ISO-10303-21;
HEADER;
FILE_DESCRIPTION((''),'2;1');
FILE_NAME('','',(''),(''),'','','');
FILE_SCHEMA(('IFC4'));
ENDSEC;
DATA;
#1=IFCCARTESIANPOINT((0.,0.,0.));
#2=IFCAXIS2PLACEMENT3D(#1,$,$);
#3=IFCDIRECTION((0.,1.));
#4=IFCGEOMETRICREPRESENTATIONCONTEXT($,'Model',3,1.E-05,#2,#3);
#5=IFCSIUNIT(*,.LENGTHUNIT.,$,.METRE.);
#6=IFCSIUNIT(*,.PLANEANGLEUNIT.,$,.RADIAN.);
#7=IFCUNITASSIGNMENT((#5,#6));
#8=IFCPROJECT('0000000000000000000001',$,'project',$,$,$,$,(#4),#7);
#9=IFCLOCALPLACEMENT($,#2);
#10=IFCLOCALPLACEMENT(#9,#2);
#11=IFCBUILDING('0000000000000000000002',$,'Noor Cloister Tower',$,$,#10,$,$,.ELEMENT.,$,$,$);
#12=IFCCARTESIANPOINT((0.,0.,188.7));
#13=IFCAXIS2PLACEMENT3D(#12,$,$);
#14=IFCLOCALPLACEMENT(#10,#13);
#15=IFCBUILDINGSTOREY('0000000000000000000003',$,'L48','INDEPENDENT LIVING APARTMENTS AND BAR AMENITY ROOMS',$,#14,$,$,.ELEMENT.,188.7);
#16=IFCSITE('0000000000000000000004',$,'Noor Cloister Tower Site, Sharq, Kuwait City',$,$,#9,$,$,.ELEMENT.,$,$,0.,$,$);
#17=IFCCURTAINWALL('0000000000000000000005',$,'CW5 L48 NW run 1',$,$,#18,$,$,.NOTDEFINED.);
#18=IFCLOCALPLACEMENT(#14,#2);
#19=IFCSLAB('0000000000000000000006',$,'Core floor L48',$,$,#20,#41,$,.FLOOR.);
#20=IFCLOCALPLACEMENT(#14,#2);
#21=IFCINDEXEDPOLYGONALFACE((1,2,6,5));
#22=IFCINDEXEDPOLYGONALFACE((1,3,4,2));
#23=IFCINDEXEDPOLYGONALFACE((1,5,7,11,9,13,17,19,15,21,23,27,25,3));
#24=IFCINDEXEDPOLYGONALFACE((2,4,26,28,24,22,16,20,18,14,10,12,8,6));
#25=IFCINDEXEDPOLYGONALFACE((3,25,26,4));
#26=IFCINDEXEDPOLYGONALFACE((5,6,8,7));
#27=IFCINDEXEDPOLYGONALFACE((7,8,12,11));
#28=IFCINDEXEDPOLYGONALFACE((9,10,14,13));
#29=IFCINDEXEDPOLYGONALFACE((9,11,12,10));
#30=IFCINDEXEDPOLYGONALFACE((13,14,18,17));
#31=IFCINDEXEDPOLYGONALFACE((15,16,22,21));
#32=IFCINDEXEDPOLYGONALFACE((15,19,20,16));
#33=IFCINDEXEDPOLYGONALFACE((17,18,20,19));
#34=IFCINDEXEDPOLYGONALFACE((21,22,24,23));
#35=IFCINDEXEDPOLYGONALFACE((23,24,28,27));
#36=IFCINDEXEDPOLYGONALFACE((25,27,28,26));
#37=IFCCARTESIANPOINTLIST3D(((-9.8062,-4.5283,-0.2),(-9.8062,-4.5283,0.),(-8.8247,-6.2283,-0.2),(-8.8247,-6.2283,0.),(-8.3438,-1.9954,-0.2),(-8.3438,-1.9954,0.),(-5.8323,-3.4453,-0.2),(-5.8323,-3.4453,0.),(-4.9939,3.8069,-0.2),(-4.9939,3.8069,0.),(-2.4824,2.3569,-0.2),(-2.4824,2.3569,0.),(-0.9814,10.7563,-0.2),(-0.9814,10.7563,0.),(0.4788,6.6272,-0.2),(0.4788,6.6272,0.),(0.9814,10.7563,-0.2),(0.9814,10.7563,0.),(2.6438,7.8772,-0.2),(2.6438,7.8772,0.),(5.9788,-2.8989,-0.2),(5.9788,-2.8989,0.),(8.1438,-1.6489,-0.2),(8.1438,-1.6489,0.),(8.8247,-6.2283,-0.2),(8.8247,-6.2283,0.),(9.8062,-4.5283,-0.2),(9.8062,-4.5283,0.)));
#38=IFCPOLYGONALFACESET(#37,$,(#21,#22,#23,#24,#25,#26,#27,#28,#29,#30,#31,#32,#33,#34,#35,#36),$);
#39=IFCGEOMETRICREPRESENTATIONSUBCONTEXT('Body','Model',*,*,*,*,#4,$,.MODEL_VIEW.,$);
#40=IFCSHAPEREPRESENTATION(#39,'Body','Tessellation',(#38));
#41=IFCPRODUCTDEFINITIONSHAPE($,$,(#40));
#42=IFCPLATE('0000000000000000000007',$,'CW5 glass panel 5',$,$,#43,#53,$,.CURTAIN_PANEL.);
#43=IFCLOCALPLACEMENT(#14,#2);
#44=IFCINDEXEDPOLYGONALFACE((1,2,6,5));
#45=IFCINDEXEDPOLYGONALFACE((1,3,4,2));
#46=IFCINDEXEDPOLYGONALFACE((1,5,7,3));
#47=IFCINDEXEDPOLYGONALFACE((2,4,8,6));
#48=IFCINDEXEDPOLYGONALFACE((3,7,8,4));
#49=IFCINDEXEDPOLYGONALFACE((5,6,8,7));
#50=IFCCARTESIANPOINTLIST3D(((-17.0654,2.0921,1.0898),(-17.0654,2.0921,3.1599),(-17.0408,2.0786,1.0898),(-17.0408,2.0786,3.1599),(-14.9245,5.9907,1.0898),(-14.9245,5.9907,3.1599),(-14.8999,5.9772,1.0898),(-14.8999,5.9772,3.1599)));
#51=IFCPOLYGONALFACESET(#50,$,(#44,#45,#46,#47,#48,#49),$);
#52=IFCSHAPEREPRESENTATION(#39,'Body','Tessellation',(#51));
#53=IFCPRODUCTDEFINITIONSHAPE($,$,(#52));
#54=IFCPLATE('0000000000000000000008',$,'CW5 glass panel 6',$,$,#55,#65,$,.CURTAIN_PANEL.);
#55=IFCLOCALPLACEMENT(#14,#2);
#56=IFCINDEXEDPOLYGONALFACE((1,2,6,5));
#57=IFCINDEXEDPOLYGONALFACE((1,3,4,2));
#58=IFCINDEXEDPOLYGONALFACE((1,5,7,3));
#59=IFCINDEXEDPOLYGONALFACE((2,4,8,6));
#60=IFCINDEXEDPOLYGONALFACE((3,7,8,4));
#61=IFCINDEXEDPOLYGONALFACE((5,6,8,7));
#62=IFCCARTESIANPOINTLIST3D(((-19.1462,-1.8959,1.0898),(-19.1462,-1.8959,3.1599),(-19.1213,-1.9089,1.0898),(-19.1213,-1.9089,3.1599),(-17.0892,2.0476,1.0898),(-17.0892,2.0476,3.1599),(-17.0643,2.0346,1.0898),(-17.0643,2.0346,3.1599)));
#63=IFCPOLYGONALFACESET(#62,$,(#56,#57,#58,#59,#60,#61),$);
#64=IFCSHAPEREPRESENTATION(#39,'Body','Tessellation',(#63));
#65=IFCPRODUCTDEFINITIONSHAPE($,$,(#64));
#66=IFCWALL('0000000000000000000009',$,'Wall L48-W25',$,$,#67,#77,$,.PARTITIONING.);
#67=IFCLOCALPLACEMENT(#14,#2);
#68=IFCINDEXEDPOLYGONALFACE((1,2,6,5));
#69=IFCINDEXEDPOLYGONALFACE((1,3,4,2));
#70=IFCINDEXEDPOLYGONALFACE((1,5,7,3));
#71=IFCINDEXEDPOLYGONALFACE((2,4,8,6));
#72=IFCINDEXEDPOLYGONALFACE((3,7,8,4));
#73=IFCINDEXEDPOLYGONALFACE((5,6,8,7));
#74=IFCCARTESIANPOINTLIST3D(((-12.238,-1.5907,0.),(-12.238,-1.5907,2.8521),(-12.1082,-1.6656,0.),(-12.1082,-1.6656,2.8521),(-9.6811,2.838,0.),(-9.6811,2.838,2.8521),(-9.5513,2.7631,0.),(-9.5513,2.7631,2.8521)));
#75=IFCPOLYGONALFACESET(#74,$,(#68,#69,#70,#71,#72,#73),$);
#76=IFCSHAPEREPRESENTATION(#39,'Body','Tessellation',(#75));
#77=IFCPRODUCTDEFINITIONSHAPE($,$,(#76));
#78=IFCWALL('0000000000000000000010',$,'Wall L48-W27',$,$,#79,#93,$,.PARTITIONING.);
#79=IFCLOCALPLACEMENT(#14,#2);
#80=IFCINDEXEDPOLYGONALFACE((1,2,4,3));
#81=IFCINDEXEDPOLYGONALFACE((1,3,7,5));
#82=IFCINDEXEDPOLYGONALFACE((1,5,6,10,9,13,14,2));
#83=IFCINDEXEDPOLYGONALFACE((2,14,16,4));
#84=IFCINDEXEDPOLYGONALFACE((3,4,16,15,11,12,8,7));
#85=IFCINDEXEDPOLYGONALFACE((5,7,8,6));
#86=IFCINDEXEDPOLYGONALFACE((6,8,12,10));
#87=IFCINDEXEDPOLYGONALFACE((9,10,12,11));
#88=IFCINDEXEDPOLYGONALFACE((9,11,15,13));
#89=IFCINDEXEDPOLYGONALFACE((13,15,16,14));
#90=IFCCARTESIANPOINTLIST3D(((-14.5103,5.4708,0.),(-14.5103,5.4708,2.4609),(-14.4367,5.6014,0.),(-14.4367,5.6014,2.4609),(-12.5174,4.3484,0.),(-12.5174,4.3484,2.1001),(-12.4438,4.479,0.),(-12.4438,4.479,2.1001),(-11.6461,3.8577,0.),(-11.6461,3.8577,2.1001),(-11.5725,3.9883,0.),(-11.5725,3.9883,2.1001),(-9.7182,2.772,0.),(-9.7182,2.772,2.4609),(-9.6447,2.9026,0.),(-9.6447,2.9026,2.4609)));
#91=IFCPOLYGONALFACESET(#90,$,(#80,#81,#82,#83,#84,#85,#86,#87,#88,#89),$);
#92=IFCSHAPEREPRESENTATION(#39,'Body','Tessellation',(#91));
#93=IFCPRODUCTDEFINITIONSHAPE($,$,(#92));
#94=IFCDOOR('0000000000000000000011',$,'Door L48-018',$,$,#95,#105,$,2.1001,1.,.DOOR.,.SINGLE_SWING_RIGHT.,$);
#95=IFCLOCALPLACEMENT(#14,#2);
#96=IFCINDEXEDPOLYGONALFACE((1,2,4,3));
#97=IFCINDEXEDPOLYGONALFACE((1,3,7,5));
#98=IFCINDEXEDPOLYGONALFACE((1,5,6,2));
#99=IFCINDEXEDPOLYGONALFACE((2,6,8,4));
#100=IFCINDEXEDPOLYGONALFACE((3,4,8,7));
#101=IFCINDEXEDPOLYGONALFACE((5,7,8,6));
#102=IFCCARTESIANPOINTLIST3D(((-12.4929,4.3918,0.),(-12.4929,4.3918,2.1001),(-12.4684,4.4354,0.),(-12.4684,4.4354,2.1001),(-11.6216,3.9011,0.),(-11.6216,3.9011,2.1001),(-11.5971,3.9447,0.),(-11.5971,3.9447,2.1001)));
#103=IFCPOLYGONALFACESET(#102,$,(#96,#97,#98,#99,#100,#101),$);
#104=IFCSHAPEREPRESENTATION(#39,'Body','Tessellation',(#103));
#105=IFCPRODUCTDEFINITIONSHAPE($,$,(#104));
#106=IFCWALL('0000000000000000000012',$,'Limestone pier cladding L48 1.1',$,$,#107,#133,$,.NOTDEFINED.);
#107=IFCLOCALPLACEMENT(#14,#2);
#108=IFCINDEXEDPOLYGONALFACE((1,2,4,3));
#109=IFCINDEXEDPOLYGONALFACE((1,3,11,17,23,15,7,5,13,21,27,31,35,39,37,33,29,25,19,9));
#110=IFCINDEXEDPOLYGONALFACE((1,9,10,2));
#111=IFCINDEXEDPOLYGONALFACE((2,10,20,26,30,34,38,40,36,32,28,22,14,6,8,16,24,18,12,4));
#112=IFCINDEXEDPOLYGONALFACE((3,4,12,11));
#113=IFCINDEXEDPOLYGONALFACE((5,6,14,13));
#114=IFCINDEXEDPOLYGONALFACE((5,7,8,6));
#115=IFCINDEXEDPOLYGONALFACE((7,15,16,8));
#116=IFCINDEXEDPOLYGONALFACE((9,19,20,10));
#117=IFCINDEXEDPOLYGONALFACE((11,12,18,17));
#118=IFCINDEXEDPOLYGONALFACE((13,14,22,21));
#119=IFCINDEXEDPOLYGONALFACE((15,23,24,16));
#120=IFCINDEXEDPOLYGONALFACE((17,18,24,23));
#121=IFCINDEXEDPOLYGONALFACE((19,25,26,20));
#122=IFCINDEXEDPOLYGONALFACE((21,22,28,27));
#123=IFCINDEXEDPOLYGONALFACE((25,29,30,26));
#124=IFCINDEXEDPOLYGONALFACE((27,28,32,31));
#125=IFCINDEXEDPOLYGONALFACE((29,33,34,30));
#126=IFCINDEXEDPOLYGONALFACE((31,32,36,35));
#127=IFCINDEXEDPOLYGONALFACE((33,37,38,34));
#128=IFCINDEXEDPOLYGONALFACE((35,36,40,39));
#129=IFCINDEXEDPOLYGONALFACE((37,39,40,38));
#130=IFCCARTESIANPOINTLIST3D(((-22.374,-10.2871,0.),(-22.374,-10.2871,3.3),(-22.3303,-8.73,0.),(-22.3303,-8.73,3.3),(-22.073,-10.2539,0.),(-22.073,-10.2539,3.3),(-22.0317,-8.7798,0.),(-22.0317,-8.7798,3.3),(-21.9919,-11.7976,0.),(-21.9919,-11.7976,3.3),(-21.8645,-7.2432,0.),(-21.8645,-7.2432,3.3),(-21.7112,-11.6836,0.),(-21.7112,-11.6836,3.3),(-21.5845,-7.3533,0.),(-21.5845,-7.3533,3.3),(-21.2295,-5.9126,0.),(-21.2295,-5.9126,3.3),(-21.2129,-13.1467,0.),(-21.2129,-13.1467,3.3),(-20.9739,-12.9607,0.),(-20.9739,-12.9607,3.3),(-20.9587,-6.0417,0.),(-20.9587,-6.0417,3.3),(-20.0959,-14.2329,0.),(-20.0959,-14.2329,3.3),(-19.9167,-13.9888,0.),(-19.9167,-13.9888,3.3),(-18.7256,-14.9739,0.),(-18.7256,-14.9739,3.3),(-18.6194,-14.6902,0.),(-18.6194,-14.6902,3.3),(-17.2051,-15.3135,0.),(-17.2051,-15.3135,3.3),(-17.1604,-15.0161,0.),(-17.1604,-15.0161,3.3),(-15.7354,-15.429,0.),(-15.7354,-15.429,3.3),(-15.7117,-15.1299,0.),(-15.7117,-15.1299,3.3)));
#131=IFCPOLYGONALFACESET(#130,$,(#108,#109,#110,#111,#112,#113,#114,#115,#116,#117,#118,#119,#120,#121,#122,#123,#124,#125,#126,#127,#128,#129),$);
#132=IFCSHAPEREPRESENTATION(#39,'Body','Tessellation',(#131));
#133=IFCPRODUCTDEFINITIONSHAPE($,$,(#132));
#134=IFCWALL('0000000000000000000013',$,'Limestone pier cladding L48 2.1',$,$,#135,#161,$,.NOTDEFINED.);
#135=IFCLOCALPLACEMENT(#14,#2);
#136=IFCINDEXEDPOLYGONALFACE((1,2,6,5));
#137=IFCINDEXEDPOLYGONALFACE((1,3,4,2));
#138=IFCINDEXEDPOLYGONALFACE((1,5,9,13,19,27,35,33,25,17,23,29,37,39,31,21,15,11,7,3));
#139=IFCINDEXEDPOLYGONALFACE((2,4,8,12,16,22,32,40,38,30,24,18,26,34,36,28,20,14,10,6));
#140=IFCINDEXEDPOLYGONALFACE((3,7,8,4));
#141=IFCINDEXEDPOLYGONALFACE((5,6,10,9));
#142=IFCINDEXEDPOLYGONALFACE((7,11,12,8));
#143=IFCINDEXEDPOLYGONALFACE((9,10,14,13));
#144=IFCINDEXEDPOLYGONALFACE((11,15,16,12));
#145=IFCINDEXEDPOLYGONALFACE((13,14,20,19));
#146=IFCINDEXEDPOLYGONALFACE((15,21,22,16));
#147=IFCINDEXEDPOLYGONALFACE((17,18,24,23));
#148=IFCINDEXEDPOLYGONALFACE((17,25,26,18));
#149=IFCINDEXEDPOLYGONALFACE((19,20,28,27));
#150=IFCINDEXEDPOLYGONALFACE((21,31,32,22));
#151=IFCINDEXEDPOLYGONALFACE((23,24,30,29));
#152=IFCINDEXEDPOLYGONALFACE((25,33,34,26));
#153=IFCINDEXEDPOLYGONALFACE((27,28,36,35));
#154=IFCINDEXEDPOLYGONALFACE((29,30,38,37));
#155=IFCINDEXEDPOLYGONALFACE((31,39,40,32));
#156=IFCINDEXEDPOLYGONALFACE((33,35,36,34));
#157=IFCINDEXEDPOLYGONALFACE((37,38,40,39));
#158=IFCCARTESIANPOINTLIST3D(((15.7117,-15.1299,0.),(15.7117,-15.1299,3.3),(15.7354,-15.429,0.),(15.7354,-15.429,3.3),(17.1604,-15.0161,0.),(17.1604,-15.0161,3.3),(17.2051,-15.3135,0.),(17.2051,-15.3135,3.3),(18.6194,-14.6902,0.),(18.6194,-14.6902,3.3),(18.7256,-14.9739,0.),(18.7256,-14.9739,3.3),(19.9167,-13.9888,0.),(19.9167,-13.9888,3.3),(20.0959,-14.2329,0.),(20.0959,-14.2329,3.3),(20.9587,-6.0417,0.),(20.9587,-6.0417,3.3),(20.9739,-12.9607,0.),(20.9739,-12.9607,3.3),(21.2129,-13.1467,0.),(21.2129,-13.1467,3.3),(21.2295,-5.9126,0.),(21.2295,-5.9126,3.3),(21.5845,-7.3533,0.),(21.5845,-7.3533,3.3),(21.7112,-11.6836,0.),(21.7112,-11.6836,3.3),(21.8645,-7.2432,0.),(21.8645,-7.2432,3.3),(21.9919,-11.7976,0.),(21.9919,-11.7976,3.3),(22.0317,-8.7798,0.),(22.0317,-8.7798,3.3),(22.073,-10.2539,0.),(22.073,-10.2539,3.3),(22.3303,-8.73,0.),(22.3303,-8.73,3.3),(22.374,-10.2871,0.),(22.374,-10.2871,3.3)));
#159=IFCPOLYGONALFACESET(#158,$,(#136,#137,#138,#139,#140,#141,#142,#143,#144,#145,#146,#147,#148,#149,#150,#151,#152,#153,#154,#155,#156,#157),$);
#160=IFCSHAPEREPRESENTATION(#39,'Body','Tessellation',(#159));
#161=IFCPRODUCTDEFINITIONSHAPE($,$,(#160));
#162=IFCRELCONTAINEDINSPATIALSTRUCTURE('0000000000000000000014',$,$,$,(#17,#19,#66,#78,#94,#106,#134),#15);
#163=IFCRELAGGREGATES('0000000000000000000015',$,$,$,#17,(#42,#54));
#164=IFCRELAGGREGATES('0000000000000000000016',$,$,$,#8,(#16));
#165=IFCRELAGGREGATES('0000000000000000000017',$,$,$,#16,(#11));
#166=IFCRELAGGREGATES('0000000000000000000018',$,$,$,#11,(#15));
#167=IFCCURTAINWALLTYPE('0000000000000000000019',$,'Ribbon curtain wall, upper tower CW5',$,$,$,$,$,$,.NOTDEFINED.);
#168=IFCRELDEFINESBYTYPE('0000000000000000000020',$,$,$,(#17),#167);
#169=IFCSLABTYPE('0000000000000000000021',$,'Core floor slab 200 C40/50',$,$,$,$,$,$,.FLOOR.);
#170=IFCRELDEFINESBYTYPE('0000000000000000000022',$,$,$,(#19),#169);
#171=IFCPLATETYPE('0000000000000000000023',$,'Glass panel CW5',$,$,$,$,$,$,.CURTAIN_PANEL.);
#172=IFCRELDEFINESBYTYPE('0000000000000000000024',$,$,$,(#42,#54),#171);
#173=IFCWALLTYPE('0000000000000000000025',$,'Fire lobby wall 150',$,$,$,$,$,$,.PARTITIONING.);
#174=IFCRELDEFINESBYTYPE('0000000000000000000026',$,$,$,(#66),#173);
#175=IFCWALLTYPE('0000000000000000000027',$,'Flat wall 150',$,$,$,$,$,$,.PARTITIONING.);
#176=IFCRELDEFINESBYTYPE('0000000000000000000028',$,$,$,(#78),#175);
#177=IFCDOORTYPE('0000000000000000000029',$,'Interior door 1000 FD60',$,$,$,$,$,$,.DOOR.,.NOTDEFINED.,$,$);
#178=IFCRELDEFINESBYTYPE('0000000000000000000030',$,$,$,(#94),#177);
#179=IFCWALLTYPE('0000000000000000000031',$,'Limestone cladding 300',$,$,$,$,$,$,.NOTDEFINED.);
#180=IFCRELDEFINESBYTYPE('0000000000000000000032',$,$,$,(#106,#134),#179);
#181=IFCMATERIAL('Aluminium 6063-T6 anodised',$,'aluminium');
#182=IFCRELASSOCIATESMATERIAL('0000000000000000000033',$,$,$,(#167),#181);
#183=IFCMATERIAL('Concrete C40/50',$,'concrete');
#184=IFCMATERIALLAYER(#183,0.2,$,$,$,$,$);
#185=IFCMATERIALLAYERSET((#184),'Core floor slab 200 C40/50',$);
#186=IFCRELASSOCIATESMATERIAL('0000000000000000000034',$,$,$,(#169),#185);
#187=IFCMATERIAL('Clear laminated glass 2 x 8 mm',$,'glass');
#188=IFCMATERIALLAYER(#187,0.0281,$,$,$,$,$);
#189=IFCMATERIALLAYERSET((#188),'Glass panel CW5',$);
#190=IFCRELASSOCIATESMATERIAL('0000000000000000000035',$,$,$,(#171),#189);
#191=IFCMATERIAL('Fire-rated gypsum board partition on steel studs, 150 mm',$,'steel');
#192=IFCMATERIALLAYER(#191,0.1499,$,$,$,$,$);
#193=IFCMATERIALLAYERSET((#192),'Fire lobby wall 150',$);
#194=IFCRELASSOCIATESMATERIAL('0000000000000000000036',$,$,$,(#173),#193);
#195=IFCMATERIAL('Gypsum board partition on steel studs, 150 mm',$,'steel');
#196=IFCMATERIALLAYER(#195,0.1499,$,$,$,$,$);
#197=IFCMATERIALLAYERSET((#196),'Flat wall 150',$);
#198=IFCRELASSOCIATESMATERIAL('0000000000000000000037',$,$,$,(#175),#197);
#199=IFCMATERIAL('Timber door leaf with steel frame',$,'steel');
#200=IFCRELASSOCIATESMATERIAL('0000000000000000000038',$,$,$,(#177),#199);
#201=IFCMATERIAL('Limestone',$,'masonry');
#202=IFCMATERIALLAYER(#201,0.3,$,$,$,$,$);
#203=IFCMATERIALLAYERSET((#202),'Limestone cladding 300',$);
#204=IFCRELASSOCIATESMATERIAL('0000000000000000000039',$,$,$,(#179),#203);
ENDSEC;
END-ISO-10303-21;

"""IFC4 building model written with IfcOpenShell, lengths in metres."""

from ifc_helpers import new_model, si_unit, direction, frame, frame_2d, origin, origin_2d, place, context, subcontext, project, spatial, polyline, rectangle, outline, extrude, material, layer, layer_set, type_object, element, fill, aggregate, save


model = new_model("IFC4")

# Units and contexts
model_context = context("Model", 3, precision=1e-05, world=origin(), true_north=direction((0.0, 1.0)))
body_context = subcontext(model_context, "Body", "Model", "MODEL_VIEW")
ifc_project = project(units=[si_unit("LENGTHUNIT", "METRE"), si_unit("PLANEANGLEUNIT", "RADIAN")], contexts=[model_context])

# Site, building, storey
site_placement = place(None, origin())
site = spatial("IfcSite", under=ifc_project, at=site_placement, Name="Noor Cloister Tower Site, Sharq, Kuwait City", CompositionType="ELEMENT", RefElevation=0.0)
building_placement = place(site_placement, origin())
building = spatial("IfcBuilding", under=site, at=building_placement, Name="Noor Cloister Tower", CompositionType="ELEMENT")
storey_placement = place(building_placement, frame((0.0, 0.0, 188.7)))
storey = spatial("IfcBuildingStorey", under=building, at=storey_placement, Name="L48", Description="INDEPENDENT LIVING APARTMENTS AND BAR AMENITY ROOMS", CompositionType="ELEMENT", Elevation=188.7)

# Shared definitions
ifc_material_1 = material(Name="Aluminium 6063-T6 anodised", Category="aluminium")
curtain_wall_type = type_object("IfcCurtainWallType", Name="Ribbon curtain wall, upper tower CW5", PredefinedType="NOTDEFINED", material=ifc_material_1)

# Curtain wall
curtain_wall_1_placement = place(storey_placement, origin())
curtain_wall_1 = element("IfcCurtainWall", 1, at=curtain_wall_1_placement, inside=storey, type_object=curtain_wall_type, Name="CW5 L48 NW run 1", PredefinedType="NOTDEFINED")

# Slab
ifc_material_2 = material(Name="Concrete C40/50", Category="concrete")
ifc_layer_1 = layer(ifc_material_2, 0.2)
ifc_layer_set_1 = layer_set([ifc_layer_1], Name="Core floor slab 200 C40/50")
slab_type = type_object("IfcSlabType", Name="Core floor slab 200 C40/50", PredefinedType="FLOOR", material=ifc_layer_set_1)
slab_placement = place(storey_placement, frame((0.0, 0.0, -0.2)))
element("IfcSlab", 2, at=slab_placement, inside=storey, type_object=slab_type, Name="Core floor L48", PredefinedType="FLOOR", context=body_context, shape_type="SweptSolid", body=[
    extrude(outline(polyline([(2.6438, 7.8772), (0.9814, 10.7563), (-0.9814, 10.7563), (-4.9939, 3.8069), (-2.4824, 2.3569), (-5.8323, -3.4453), (-8.3438, -1.9954), (-9.8062, -4.5283), (-8.8247, -6.2283), (8.8247, -6.2283), (9.8062, -4.5283), (8.1438, -1.6489), (5.9788, -2.8989), (0.4788, 6.6272), (2.6438, 7.8772)])), origin(), (0.0, 0.0, 1.0), 0.2),
])

# Plates
ifc_material_3 = material(Name="Clear laminated glass 2 x 8 mm", Category="glass")
ifc_layer_2 = layer(ifc_material_3, 0.0281)
ifc_layer_set_2 = layer_set([ifc_layer_2], Name="Glass panel CW5")
plate_type = type_object("IfcPlateType", Name="Glass panel CW5", PredefinedType="CURTAIN_PANEL", material=ifc_layer_set_2)
plate_1_placement = place(storey_placement, frame((-15.9827, 4.0347, 1.0898), z_axis=(0.0, 0.0, 1.0), x_axis=(-0.481347, -0.87653, 0.0)))
plate_1 = element("IfcPlate", 3, at=plate_1_placement, type_object=plate_type, Name="CW5 glass panel 5", PredefinedType="CURTAIN_PANEL", context=body_context, shape_type="SweptSolid", body=[
    extrude(rectangle(XDim=4.4478, YDim=0.0281, at=origin_2d()), origin(), (0.0, 0.0, 1.0), 2.0701),
])
plate_2_placement = place(storey_placement, frame((-18.1052, 0.0693, 1.0898), z_axis=(0.0, 0.0, 1.0), x_axis=(-0.462473, -0.886633, 0.0)))
plate_2 = element("IfcPlate", 4, at=plate_2_placement, type_object=plate_type, Name="CW5 glass panel 6", PredefinedType="CURTAIN_PANEL", context=body_context, shape_type="SweptSolid", body=[
    extrude(rectangle(XDim=4.4478, YDim=0.0281, at=origin_2d()), origin(), (0.0, 0.0, 1.0), 2.0701),
])
aggregate(curtain_wall_1, [plate_1, plate_2])

# Wall
ifc_material_4 = material(Name="Fire-rated gypsum board partition on steel studs, 150 mm", Category="steel")
ifc_layer_3 = layer(ifc_material_4, 0.1499)
ifc_layer_set_3 = layer_set([ifc_layer_3], Name="Fire lobby wall 150")
wall_type_1 = type_object("IfcWallType", Name="Fire lobby wall 150", PredefinedType="PARTITIONING", material=ifc_layer_set_3)
wall_1_placement = place(storey_placement, frame((-9.6162, 2.8005, 0.0), z_axis=(0.0, 0.0, 1.0), x_axis=(-0.499995, -0.866028, 0.0)))
element("IfcWall", 5, at=wall_1_placement, inside=storey, type_object=wall_type_1, Name="Wall L48-W25", PredefinedType="PARTITIONING", context=body_context, shape_type="SweptSolid", body=[
    extrude(rectangle(XDim=5.1138, YDim=0.1499, at=frame_2d((2.5569, 0.0))), origin(), (0.0, 0.0, 1.0), 2.8521),
])

# Wall, opening, door
ifc_material_5 = material(Name="Gypsum board partition on steel studs, 150 mm", Category="steel")
ifc_layer_4 = layer(ifc_material_5, 0.1499)
ifc_layer_set_4 = layer_set([ifc_layer_4], Name="Flat wall 150")
wall_type_2 = type_object("IfcWallType", Name="Flat wall 150", PredefinedType="PARTITIONING", material=ifc_layer_set_4)
wall_2_placement = place(storey_placement, frame((-14.4736, 5.5361, 0.0), z_axis=(0.0, 0.0, 1.0), x_axis=(0.871324, -0.490708, 0.0)))
wall_2 = element("IfcWall", 6, at=wall_2_placement, inside=storey, type_object=wall_type_2, Name="Wall L48-W27", PredefinedType="PARTITIONING", context=body_context, shape_type="SweptSolid", body=[
    extrude(rectangle(XDim=5.4998, YDim=0.1499, at=frame_2d((2.75, 0.0))), origin(), (0.0, 0.0, 1.0), 2.4609),
])
opening_placement = place(wall_2_placement, frame((2.2874, 0.0, 0.0)))
opening = element("IfcOpeningElement", 7, at=opening_placement, cuts=wall_2, PredefinedType="OPENING", context=body_context, shape_type="SweptSolid", body=[
    extrude(rectangle(XDim=1.0, YDim=2.1001, at=frame_2d((0.5, 1.05))), frame((0.0, 0.085, 0.0), z_axis=(0.0, -1.0, 0.0), x_axis=(1.0, 0.0, 0.0)), (0.0, 0.0, 1.0), 0.1699),
])
ifc_material_6 = material(Name="Timber door leaf with steel frame", Category="steel")
door_type = type_object("IfcDoorType", Name="Interior door 1000 FD60", OperationType="NOTDEFINED", PredefinedType="DOOR", material=ifc_material_6)
door_placement = place(opening_placement, origin())
door = element("IfcDoor", 8, at=door_placement, inside=storey, type_object=door_type, Name="Door L48-018", OperationType="SINGLE_SWING_RIGHT", OverallHeight=2.1001, OverallWidth=1.0, PredefinedType="DOOR", context=body_context, shape_type="SweptSolid", body=[
    extrude(rectangle(XDim=1.0, YDim=2.1001, at=frame_2d((0.5, 1.05))), frame((0.0, 0.0249, 0.0), z_axis=(0.0, -1.0, 0.0), x_axis=(1.0, 0.0, 0.0)), (0.0, 0.0, 1.0), 0.05),
])
fill(opening, door)

# Walls
ifc_material_7 = material(Name="Limestone", Category="masonry")
ifc_layer_5 = layer(ifc_material_7, 0.3)
ifc_layer_set_5 = layer_set([ifc_layer_5], Name="Limestone cladding 300")
wall_type_3 = type_object("IfcWallType", Name="Limestone cladding 300", PredefinedType="NOTDEFINED", material=ifc_layer_set_5)
wall_3_placement = place(storey_placement, origin())
element("IfcWall", 9, at=wall_3_placement, inside=storey, type_object=wall_type_3, Name="Limestone pier cladding L48 1.1", PredefinedType="NOTDEFINED", context=body_context, shape_type="SweptSolid", body=[
    extrude(outline(polyline([(-21.2295, -5.9126), (-21.8645, -7.2432), (-22.3303, -8.73), (-22.374, -10.2871), (-21.9919, -11.7976), (-21.2129, -13.1467), (-20.0959, -14.2329), (-18.7256, -14.9739), (-17.2051, -15.3135), (-15.7354, -15.429), (-15.7117, -15.1299), (-17.1604, -15.0161), (-18.6194, -14.6902), (-19.9167, -13.9888), (-20.9739, -12.9607), (-21.7112, -11.6836), (-22.073, -10.2539), (-22.0317, -8.7798), (-21.5845, -7.3533), (-20.9587, -6.0417), (-21.2295, -5.9126)])), origin(), (0.0, 0.0, 1.0), 3.3),
])
wall_4_placement = place(storey_placement, origin())
element("IfcWall", 10, at=wall_4_placement, inside=storey, type_object=wall_type_3, Name="Limestone pier cladding L48 2.1", PredefinedType="NOTDEFINED", context=body_context, shape_type="SweptSolid", body=[
    extrude(outline(polyline([(15.7354, -15.429), (17.2051, -15.3135), (18.7256, -14.9739), (20.0959, -14.2329), (21.2129, -13.1467), (21.9919, -11.7976), (22.374, -10.2871), (22.3303, -8.73), (21.8645, -7.2432), (21.2295, -5.9126), (20.9587, -6.0417), (21.5845, -7.3533), (22.0317, -8.7798), (22.073, -10.2539), (21.7112, -11.6836), (20.9739, -12.9607), (19.9167, -13.9888), (18.6194, -14.6902), (17.1604, -15.0161), (15.7117, -15.1299), (15.7354, -15.429)])), origin(), (0.0, 0.0, 1.0), 3.3),
])

save(model, "model.ifc")
